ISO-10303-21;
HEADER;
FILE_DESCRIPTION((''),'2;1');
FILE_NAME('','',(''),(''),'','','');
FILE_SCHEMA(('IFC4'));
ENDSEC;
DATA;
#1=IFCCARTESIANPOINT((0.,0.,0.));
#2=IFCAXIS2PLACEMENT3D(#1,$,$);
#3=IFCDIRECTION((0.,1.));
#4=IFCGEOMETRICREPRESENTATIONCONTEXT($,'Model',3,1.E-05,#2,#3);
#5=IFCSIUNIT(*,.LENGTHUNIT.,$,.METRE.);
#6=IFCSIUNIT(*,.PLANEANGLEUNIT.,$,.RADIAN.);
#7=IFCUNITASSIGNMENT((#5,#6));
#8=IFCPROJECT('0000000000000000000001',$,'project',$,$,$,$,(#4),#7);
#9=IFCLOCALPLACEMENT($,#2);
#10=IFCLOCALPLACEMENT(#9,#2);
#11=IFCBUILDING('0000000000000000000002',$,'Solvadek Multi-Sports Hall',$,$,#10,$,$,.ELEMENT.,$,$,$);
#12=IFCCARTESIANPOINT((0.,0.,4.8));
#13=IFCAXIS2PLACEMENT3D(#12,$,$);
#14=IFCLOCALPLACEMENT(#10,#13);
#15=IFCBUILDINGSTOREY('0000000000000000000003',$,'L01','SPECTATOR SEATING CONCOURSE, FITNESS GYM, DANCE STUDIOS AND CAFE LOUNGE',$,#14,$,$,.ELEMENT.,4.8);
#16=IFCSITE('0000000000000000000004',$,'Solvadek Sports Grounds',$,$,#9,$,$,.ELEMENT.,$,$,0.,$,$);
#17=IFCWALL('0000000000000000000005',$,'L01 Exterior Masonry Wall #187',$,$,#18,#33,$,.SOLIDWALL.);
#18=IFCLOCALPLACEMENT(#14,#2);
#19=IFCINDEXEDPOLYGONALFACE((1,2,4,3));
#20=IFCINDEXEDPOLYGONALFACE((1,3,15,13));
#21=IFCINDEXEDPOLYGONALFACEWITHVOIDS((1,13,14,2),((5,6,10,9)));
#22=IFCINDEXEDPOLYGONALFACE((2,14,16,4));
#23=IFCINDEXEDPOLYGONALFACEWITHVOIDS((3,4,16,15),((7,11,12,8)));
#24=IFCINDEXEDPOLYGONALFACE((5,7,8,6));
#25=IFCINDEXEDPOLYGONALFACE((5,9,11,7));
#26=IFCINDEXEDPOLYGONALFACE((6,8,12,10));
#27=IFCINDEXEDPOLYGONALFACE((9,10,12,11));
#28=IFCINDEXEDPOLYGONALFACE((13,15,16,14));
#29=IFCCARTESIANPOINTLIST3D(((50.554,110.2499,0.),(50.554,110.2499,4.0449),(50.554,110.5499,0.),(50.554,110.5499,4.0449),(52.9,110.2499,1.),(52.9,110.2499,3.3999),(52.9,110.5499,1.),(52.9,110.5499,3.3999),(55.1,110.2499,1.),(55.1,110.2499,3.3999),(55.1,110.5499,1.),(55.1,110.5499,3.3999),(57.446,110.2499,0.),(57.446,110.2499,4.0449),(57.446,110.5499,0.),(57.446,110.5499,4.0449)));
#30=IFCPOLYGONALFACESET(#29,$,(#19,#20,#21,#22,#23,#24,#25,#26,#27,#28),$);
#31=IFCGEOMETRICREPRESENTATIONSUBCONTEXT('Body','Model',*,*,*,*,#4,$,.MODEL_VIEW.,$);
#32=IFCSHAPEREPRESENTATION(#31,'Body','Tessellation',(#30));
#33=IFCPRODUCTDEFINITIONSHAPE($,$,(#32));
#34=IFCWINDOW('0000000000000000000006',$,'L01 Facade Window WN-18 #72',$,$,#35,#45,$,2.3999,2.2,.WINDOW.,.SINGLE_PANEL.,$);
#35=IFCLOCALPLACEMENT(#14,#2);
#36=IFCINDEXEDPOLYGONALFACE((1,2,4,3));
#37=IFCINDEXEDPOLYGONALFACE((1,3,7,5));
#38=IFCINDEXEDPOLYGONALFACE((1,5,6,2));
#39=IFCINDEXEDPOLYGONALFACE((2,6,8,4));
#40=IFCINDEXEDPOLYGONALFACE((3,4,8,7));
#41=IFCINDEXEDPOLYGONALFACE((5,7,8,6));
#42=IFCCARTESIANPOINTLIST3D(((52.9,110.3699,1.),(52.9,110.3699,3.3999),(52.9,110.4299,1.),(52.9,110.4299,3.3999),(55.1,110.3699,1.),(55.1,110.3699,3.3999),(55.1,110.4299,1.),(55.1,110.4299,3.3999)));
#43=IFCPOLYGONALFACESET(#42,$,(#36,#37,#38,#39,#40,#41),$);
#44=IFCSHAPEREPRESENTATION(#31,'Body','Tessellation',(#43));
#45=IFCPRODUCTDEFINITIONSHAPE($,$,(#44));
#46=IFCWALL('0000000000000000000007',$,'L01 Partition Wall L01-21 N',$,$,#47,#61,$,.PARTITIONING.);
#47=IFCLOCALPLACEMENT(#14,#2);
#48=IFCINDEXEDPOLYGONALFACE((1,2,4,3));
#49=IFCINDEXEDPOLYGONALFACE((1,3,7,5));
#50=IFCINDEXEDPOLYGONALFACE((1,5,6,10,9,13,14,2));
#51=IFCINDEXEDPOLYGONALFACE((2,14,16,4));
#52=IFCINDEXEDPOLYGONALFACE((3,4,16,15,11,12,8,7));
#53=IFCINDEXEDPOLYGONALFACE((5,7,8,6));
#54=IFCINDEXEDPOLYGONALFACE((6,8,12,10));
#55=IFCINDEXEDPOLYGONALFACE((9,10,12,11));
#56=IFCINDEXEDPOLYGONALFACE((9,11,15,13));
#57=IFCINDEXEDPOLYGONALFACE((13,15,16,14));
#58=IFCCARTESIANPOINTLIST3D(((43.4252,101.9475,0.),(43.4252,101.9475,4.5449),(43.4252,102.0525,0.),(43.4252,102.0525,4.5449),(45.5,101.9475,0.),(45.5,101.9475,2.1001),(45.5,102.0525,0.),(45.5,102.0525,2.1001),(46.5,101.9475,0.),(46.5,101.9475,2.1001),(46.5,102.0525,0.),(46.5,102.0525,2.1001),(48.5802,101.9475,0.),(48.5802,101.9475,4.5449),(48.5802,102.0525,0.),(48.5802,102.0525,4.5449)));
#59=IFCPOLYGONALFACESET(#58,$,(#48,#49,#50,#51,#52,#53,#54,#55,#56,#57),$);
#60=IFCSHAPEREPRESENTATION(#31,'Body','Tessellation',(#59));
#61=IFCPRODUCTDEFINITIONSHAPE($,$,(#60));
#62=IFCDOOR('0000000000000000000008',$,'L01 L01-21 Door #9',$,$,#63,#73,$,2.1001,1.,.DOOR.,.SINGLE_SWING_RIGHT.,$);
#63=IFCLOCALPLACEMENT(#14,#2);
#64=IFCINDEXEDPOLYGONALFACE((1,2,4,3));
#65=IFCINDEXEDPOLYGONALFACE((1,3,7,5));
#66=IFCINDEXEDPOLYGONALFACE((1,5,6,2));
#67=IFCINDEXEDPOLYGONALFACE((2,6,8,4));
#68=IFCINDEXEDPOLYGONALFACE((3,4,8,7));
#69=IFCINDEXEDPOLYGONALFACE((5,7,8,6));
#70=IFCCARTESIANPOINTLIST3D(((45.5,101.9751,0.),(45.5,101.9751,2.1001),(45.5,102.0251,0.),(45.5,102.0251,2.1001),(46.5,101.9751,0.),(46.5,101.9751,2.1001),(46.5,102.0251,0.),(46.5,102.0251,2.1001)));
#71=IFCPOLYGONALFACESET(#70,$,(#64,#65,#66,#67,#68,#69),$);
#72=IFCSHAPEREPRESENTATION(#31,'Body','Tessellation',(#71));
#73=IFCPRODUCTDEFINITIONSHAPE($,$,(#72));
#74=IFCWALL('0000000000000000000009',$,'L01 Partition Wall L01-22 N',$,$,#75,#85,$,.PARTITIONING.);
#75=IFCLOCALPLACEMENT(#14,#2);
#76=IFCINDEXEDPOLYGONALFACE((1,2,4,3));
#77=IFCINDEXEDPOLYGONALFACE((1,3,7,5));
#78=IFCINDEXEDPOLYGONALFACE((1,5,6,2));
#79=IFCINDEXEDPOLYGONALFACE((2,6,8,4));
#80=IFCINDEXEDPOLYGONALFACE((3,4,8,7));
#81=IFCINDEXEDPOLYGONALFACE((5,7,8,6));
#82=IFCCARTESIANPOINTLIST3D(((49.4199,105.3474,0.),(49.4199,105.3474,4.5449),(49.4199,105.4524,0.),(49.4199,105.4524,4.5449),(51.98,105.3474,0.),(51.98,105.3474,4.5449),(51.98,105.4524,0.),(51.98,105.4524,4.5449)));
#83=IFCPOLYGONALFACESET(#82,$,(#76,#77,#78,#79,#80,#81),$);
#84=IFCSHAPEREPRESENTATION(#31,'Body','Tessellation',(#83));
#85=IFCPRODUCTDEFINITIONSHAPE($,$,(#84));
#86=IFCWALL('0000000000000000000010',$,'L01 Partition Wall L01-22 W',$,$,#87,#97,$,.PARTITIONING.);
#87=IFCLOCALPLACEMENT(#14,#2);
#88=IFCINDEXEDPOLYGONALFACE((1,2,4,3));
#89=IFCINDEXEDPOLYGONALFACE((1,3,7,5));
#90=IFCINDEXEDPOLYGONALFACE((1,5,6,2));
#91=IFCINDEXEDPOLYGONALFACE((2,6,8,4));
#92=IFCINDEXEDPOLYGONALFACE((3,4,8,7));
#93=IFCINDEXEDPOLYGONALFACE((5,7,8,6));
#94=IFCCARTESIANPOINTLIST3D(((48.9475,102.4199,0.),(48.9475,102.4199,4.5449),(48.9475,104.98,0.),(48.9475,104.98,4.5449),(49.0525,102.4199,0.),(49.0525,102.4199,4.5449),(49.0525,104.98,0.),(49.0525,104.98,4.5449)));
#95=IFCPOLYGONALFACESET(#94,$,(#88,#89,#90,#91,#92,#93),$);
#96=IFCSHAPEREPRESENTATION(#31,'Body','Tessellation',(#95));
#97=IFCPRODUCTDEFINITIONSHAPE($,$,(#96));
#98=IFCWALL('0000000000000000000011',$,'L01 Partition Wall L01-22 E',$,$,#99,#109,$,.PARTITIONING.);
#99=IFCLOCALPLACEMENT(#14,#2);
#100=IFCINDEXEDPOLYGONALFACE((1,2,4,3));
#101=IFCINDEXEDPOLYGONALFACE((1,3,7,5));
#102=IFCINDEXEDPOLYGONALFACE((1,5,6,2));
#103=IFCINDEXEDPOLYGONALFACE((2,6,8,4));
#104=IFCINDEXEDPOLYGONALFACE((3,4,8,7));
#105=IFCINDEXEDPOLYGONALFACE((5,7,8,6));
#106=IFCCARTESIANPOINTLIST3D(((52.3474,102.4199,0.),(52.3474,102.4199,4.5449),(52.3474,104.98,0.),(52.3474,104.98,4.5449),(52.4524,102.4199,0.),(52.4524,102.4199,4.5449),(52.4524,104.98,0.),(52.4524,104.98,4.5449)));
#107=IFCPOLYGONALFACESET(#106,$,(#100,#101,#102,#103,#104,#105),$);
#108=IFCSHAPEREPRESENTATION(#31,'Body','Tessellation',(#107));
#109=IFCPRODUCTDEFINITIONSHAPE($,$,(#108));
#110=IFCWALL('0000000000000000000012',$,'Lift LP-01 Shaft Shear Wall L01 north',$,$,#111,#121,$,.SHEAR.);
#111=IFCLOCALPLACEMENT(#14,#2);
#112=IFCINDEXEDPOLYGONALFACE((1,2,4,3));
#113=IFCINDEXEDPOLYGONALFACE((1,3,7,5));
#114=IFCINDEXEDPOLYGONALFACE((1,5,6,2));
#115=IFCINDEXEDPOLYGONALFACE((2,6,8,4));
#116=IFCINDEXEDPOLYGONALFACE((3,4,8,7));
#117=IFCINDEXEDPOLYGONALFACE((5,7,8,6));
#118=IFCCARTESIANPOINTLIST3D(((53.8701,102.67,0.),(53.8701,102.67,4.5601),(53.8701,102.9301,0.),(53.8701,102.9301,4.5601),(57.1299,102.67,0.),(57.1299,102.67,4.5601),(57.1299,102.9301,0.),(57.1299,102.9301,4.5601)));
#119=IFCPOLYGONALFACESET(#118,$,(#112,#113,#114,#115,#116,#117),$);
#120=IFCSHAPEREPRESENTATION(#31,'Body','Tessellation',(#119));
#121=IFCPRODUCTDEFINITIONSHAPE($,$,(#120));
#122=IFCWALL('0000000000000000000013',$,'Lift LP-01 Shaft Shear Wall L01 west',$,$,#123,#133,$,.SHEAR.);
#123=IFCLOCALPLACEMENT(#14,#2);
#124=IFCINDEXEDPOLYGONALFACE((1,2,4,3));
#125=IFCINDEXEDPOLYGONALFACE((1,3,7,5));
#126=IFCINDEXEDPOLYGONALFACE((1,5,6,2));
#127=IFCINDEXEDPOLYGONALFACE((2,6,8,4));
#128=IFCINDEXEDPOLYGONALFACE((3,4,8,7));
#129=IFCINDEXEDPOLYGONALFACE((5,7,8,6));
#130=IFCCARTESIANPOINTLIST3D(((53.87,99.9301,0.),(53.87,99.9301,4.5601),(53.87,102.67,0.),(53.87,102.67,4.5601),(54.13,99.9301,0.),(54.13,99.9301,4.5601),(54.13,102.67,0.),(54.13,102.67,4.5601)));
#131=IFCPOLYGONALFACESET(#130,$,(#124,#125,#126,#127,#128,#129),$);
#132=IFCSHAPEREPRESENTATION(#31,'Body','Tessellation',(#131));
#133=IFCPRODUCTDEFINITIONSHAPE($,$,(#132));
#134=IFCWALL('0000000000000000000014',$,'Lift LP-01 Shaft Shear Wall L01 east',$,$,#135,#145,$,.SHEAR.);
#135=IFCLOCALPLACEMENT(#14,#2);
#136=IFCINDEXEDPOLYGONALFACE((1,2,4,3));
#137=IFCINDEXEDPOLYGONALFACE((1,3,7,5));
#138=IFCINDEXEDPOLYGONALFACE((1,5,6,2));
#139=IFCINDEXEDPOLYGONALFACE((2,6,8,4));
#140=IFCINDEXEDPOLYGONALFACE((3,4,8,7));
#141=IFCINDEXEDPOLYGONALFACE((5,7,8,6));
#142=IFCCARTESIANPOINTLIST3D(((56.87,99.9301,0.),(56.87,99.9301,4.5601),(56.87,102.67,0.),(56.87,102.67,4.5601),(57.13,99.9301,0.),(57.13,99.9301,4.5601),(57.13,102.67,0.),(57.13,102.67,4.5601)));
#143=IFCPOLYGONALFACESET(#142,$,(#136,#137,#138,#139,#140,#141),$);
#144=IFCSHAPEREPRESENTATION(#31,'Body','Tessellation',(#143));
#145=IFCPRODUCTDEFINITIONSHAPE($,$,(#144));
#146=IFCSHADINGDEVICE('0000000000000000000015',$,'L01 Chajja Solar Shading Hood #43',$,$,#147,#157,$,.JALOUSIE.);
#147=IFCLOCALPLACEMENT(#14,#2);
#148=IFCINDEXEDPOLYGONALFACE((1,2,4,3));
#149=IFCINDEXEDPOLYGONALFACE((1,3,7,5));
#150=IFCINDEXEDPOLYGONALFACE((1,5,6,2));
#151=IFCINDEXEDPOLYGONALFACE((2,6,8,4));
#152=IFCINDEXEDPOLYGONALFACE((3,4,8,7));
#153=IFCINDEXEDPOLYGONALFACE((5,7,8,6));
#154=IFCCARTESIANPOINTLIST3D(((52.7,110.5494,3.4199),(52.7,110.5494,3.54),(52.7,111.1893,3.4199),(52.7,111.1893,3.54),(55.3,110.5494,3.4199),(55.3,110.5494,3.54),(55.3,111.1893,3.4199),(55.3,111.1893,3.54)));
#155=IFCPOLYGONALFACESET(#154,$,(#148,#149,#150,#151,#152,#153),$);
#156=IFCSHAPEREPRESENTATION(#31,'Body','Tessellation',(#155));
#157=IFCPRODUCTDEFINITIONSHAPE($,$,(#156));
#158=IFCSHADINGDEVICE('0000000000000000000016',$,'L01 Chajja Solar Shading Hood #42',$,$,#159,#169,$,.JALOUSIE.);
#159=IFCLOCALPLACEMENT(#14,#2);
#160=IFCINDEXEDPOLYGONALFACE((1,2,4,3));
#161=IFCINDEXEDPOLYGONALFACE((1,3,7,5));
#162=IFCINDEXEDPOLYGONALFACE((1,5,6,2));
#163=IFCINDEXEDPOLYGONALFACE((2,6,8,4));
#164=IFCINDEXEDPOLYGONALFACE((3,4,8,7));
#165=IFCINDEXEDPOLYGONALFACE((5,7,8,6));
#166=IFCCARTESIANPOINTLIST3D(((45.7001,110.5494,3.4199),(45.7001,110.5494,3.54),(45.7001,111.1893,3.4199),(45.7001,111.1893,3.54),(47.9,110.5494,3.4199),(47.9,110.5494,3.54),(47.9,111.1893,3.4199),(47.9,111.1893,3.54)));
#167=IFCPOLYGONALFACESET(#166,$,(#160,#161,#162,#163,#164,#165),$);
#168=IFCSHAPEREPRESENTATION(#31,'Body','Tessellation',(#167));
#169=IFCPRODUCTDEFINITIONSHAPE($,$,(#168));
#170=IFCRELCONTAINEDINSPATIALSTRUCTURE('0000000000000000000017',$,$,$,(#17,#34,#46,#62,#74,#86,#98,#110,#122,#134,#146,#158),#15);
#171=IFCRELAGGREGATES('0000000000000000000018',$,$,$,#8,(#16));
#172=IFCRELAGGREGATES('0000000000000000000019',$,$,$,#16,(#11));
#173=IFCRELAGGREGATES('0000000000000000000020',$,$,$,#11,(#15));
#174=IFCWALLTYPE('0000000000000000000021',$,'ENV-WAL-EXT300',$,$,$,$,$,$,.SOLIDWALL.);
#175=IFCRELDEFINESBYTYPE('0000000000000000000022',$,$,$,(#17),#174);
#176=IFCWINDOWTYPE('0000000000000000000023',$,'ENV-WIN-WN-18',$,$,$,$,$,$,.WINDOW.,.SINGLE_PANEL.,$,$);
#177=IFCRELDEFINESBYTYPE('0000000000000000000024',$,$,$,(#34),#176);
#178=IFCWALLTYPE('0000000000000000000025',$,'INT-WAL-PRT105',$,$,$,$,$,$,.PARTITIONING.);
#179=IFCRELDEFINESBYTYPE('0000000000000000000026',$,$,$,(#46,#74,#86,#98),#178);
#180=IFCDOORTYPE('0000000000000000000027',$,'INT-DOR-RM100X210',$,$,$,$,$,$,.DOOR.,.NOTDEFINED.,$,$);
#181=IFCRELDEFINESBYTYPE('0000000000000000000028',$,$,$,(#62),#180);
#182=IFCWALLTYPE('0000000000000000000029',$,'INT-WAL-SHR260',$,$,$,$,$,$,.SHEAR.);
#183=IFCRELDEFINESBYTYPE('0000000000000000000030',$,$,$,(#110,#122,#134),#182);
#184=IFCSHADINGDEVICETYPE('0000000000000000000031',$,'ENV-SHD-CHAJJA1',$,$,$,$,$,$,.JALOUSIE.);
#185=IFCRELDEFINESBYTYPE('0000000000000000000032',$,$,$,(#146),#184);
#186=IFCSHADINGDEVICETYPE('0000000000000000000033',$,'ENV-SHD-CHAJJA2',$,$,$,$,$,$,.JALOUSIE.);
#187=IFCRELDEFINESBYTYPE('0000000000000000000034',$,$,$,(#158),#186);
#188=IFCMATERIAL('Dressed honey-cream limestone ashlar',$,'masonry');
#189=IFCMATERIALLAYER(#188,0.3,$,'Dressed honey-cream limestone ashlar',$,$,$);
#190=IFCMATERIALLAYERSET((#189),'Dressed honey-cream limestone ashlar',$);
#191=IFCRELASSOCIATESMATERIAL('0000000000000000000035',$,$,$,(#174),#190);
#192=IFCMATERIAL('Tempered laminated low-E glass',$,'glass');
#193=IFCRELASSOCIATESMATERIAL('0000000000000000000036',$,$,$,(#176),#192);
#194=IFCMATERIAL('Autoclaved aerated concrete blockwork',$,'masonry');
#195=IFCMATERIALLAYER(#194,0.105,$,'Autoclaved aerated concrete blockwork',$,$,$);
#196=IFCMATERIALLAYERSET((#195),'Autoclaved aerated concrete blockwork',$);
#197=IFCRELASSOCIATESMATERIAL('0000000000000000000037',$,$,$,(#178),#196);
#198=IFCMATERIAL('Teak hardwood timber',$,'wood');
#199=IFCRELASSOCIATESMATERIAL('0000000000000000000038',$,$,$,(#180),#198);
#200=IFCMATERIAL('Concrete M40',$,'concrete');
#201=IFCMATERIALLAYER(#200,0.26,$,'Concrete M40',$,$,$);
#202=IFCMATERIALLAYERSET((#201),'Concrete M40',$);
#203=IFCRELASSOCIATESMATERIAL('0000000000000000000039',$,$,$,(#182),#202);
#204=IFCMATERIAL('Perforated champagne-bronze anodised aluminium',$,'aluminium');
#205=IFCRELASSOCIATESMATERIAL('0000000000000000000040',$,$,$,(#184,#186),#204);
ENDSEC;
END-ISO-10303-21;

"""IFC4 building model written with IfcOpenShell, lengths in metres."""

from ifc_helpers import new_model, si_unit, direction, frame, frame_2d, origin, origin_2d, place, context, subcontext, project, spatial, rectangle, extrude, material, layer, layer_set, type_object, element, fill, save


model = new_model("IFC4")

# Units and contexts
model_context = context("Model", 3, precision=1e-05, world=origin(), true_north=direction((0.0, 1.0)))
body_context = subcontext(model_context, "Body", "Model", "MODEL_VIEW")
ifc_project = project(units=[si_unit("LENGTHUNIT", "METRE"), si_unit("PLANEANGLEUNIT", "RADIAN")], contexts=[model_context])

# Site, building, storey
site_placement = place(None, origin())
site = spatial("IfcSite", under=ifc_project, at=site_placement, Name="Solvadek Sports Grounds", CompositionType="ELEMENT", RefElevation=0.0)
building_placement = place(site_placement, origin())
building = spatial("IfcBuilding", under=site, at=building_placement, Name="Solvadek Multi-Sports Hall", CompositionType="ELEMENT")
storey_placement = place(building_placement, frame((0.0, 0.0, 4.8)))
storey = spatial("IfcBuildingStorey", under=building, at=storey_placement, Name="L01", Description="SPECTATOR SEATING CONCOURSE, FITNESS GYM, DANCE STUDIOS AND CAFE LOUNGE", CompositionType="ELEMENT", Elevation=4.8)

# Wall, opening, window
ifc_material_1 = material(Name="Dressed honey-cream limestone ashlar", Category="masonry")
ifc_layer_1 = layer(ifc_material_1, 0.3, Name="Dressed honey-cream limestone ashlar")
ifc_layer_set_1 = layer_set([ifc_layer_1], Name="Dressed honey-cream limestone ashlar")
wall_type_1 = type_object("IfcWallType", Name="ENV-WAL-EXT300", PredefinedType="SOLIDWALL", material=ifc_layer_set_1)
ifc_material_2 = material(Name="Tempered laminated low-E glass", Category="glass")
wall_1_placement = place(storey_placement, frame((50.554, 110.3999, 0.0), z_axis=(0.0, 0.0, 1.0), x_axis=(1.0, 0.0, 0.0)))
wall_1 = element("IfcWall", 1, at=wall_1_placement, inside=storey, type_object=wall_type_1, Name="L01 Exterior Masonry Wall #187", PredefinedType="SOLIDWALL", context=body_context, shape_type="SweptSolid", body=[
    extrude(rectangle(XDim=6.8921, YDim=0.3, at=frame_2d((3.446, 0.0))), origin(), (0.0, 0.0, 1.0), 4.0449),
])
opening_1_placement = place(wall_1_placement, frame((2.3459, 0.0, 1.0)))
opening_1 = element("IfcOpeningElement", 2, at=opening_1_placement, cuts=wall_1, PredefinedType="OPENING", context=body_context, shape_type="SweptSolid", body=[
    extrude(rectangle(XDim=2.2, YDim=2.3999, at=frame_2d((1.1001, 1.2))), frame((0.0, 0.1599, 0.0), z_axis=(0.0, -1.0, 0.0), x_axis=(1.0, 0.0, 0.0)), (0.0, 0.0, 1.0), 0.3201),
])
window_type_1 = type_object("IfcWindowType", Name="ENV-WIN-WN-18", PartitioningType="SINGLE_PANEL", PredefinedType="WINDOW", material=ifc_material_2)
window_1_placement = place(opening_1_placement, origin())
window_1 = element("IfcWindow", 3, at=window_1_placement, inside=storey, type_object=window_type_1, Name="L01 Facade Window WN-18 #72", OverallHeight=2.3999, OverallWidth=2.2, PartitioningType="SINGLE_PANEL", PredefinedType="WINDOW", context=body_context, shape_type="SweptSolid", body=[
    extrude(rectangle(XDim=2.2, YDim=2.3999, at=frame_2d((1.1001, 1.2))), frame((0.0, 0.03, 0.0), z_axis=(0.0, -1.0, 0.0), x_axis=(1.0, 0.0, 0.0)), (0.0, 0.0, 1.0), 0.0601),
])
fill(opening_1, window_1)

# Wall, opening, door
ifc_material_3 = material(Name="Autoclaved aerated concrete blockwork", Category="masonry")
ifc_layer_2 = layer(ifc_material_3, 0.105, Name="Autoclaved aerated concrete blockwork")
ifc_layer_set_2 = layer_set([ifc_layer_2], Name="Autoclaved aerated concrete blockwork")
wall_type_2 = type_object("IfcWallType", Name="INT-WAL-PRT105", PredefinedType="PARTITIONING", material=ifc_layer_set_2)
wall_2_placement = place(storey_placement, frame((43.425, 102.0, 0.0), z_axis=(0.0, 0.0, 1.0), x_axis=(1.0, 0.0, 0.0)))
wall_2 = element("IfcWall", 4, at=wall_2_placement, inside=storey, type_object=wall_type_2, Name="L01 Partition Wall L01-21 N", PredefinedType="PARTITIONING", context=body_context, shape_type="SweptSolid", body=[
    extrude(rectangle(XDim=5.155, YDim=0.105, at=frame_2d((2.5776, 0.0))), origin(), (0.0, 0.0, 1.0), 4.5449),
])
opening_2_placement = place(wall_2_placement, frame((2.075, 0.0, 0.0)))
opening_2 = element("IfcOpeningElement", 5, at=opening_2_placement, cuts=wall_2, PredefinedType="OPENING", context=body_context, shape_type="SweptSolid", body=[
    extrude(rectangle(XDim=1.0, YDim=2.1001, at=frame_2d((0.5, 1.05))), frame((0.0, 0.0625, 0.0), z_axis=(0.0, -1.0, 0.0), x_axis=(1.0, 0.0, 0.0)), (0.0, 0.0, 1.0), 0.125),
])
ifc_material_4 = material(Name="Teak hardwood timber", Category="wood")
door_type_1 = type_object("IfcDoorType", Name="INT-DOR-RM100X210", OperationType="NOTDEFINED", PredefinedType="DOOR", material=ifc_material_4)
door_1_placement = place(opening_2_placement, frame((1.0, 0.0, 0.0), z_axis=(0.0, 0.0, 1.0), x_axis=(-1.0, 0.0, 0.0)))
door_1 = element("IfcDoor", 6, at=door_1_placement, inside=storey, type_object=door_type_1, Name="L01 L01-21 Door #9", OperationType="SINGLE_SWING_RIGHT", OverallHeight=2.1001, OverallWidth=1.0, PredefinedType="DOOR", context=body_context, shape_type="SweptSolid", body=[
    extrude(rectangle(XDim=1.0, YDim=2.1001, at=frame_2d((0.5, 1.05))), frame((0.0, 0.0249, 0.0), z_axis=(0.0, -1.0, 0.0), x_axis=(1.0, 0.0, 0.0)), (0.0, 0.0, 1.0), 0.05),
])
fill(opening_2, door_1)

# Walls
for number, where, z_axis, x_axis, name in (
    (7, (49.4199, 105.3999, 0.0), (0.0, 0.0, 1.0), (1.0, 0.0, 0.0), "L01 Partition Wall L01-22 N"),
    (8, (49.0, 102.4199, 0.0), (0.0, 0.0, 1.0), (0.0, 1.0, 0.0), "L01 Partition Wall L01-22 W"),
    (9, (52.3999, 102.4199, 0.0), (0.0, 0.0, 1.0), (0.0, 1.0, 0.0), "L01 Partition Wall L01-22 E"),
):
    element("IfcWall", number, at=place(storey_placement, frame(where, z_axis=z_axis, x_axis=x_axis)), inside=storey, type_object=wall_type_2, Name=name, PredefinedType="PARTITIONING", context=body_context, shape_type="SweptSolid", body=[
        extrude(rectangle(XDim=2.5601, YDim=0.105, at=frame_2d((1.28, 0.0))), origin(), (0.0, 0.0, 1.0), 4.5449),
    ])

# Shared definitions
ifc_material_5 = material(Name="Concrete M40", Category="concrete")
ifc_layer_3 = layer(ifc_material_5, 0.26, Name="Concrete M40")
ifc_layer_set_3 = layer_set([ifc_layer_3], Name="Concrete M40")
wall_type_3 = type_object("IfcWallType", Name="INT-WAL-SHR260", PredefinedType="SHEAR", material=ifc_layer_set_3)

# Walls
wall_3_placement = place(storey_placement, frame((53.8701, 102.8, 0.0), z_axis=(0.0, 0.0, 1.0), x_axis=(1.0, 0.0, 0.0)))
element("IfcWall", 10, at=wall_3_placement, inside=storey, type_object=wall_type_3, Name="Lift LP-01 Shaft Shear Wall L01 north", PredefinedType="SHEAR", context=body_context, shape_type="SweptSolid", body=[
    extrude(rectangle(XDim=3.2598, YDim=0.26, at=frame_2d((1.6299, 0.0))), origin(), (0.0, 0.0, 1.0), 4.5601),
])
for number, where, z_axis, x_axis, name in (
    (11, (54.0, 99.9299, 0.0), (0.0, 0.0, 1.0), (0.0, 1.0, 0.0), "Lift LP-01 Shaft Shear Wall L01 west"),
    (12, (57.0, 99.9299, 0.0), (0.0, 0.0, 1.0), (0.0, 1.0, 0.0), "Lift LP-01 Shaft Shear Wall L01 east"),
):
    element("IfcWall", number, at=place(storey_placement, frame(where, z_axis=z_axis, x_axis=x_axis)), inside=storey, type_object=wall_type_3, Name=name, PredefinedType="SHEAR", context=body_context, shape_type="SweptSolid", body=[
        extrude(rectangle(XDim=2.74, YDim=0.26, at=frame_2d((1.3701, 0.0))), origin(), (0.0, 0.0, 1.0), 4.5601),
    ])

# Shading devices
ifc_material_6 = material(Name="Perforated champagne-bronze anodised aluminium", Category="aluminium")
shading_device_type_1 = type_object("IfcShadingDeviceType", Name="ENV-SHD-CHAJJA1", PredefinedType="JALOUSIE", material=ifc_material_6)
shading_device_1_placement = place(storey_placement, frame((54.0, 110.8694, 3.4199), z_axis=(0.0, 0.0, 1.0), x_axis=(1.0, 0.0, 0.0)))
element("IfcShadingDevice", 13, at=shading_device_1_placement, inside=storey, type_object=shading_device_type_1, Name="L01 Chajja Solar Shading Hood #43", PredefinedType="JALOUSIE", context=body_context, shape_type="SweptSolid", body=[
    extrude(rectangle(XDim=2.6001, YDim=0.6399, at=origin_2d()), origin(), (0.0, 0.0, 1.0), 0.1201),
])
shading_device_type_2 = type_object("IfcShadingDeviceType", Name="ENV-SHD-CHAJJA2", PredefinedType="JALOUSIE", material=ifc_material_6)
shading_device_2_placement = place(storey_placement, frame((46.8, 110.8694, 3.4199), z_axis=(0.0, 0.0, 1.0), x_axis=(1.0, 0.0, 0.0)))
element("IfcShadingDevice", 14, at=shading_device_2_placement, inside=storey, type_object=shading_device_type_2, Name="L01 Chajja Solar Shading Hood #42", PredefinedType="JALOUSIE", context=body_context, shape_type="SweptSolid", body=[
    extrude(rectangle(XDim=2.2, YDim=0.6399, at=origin_2d()), origin(), (0.0, 0.0, 1.0), 0.1201),
])

save(model, "model.ifc")
